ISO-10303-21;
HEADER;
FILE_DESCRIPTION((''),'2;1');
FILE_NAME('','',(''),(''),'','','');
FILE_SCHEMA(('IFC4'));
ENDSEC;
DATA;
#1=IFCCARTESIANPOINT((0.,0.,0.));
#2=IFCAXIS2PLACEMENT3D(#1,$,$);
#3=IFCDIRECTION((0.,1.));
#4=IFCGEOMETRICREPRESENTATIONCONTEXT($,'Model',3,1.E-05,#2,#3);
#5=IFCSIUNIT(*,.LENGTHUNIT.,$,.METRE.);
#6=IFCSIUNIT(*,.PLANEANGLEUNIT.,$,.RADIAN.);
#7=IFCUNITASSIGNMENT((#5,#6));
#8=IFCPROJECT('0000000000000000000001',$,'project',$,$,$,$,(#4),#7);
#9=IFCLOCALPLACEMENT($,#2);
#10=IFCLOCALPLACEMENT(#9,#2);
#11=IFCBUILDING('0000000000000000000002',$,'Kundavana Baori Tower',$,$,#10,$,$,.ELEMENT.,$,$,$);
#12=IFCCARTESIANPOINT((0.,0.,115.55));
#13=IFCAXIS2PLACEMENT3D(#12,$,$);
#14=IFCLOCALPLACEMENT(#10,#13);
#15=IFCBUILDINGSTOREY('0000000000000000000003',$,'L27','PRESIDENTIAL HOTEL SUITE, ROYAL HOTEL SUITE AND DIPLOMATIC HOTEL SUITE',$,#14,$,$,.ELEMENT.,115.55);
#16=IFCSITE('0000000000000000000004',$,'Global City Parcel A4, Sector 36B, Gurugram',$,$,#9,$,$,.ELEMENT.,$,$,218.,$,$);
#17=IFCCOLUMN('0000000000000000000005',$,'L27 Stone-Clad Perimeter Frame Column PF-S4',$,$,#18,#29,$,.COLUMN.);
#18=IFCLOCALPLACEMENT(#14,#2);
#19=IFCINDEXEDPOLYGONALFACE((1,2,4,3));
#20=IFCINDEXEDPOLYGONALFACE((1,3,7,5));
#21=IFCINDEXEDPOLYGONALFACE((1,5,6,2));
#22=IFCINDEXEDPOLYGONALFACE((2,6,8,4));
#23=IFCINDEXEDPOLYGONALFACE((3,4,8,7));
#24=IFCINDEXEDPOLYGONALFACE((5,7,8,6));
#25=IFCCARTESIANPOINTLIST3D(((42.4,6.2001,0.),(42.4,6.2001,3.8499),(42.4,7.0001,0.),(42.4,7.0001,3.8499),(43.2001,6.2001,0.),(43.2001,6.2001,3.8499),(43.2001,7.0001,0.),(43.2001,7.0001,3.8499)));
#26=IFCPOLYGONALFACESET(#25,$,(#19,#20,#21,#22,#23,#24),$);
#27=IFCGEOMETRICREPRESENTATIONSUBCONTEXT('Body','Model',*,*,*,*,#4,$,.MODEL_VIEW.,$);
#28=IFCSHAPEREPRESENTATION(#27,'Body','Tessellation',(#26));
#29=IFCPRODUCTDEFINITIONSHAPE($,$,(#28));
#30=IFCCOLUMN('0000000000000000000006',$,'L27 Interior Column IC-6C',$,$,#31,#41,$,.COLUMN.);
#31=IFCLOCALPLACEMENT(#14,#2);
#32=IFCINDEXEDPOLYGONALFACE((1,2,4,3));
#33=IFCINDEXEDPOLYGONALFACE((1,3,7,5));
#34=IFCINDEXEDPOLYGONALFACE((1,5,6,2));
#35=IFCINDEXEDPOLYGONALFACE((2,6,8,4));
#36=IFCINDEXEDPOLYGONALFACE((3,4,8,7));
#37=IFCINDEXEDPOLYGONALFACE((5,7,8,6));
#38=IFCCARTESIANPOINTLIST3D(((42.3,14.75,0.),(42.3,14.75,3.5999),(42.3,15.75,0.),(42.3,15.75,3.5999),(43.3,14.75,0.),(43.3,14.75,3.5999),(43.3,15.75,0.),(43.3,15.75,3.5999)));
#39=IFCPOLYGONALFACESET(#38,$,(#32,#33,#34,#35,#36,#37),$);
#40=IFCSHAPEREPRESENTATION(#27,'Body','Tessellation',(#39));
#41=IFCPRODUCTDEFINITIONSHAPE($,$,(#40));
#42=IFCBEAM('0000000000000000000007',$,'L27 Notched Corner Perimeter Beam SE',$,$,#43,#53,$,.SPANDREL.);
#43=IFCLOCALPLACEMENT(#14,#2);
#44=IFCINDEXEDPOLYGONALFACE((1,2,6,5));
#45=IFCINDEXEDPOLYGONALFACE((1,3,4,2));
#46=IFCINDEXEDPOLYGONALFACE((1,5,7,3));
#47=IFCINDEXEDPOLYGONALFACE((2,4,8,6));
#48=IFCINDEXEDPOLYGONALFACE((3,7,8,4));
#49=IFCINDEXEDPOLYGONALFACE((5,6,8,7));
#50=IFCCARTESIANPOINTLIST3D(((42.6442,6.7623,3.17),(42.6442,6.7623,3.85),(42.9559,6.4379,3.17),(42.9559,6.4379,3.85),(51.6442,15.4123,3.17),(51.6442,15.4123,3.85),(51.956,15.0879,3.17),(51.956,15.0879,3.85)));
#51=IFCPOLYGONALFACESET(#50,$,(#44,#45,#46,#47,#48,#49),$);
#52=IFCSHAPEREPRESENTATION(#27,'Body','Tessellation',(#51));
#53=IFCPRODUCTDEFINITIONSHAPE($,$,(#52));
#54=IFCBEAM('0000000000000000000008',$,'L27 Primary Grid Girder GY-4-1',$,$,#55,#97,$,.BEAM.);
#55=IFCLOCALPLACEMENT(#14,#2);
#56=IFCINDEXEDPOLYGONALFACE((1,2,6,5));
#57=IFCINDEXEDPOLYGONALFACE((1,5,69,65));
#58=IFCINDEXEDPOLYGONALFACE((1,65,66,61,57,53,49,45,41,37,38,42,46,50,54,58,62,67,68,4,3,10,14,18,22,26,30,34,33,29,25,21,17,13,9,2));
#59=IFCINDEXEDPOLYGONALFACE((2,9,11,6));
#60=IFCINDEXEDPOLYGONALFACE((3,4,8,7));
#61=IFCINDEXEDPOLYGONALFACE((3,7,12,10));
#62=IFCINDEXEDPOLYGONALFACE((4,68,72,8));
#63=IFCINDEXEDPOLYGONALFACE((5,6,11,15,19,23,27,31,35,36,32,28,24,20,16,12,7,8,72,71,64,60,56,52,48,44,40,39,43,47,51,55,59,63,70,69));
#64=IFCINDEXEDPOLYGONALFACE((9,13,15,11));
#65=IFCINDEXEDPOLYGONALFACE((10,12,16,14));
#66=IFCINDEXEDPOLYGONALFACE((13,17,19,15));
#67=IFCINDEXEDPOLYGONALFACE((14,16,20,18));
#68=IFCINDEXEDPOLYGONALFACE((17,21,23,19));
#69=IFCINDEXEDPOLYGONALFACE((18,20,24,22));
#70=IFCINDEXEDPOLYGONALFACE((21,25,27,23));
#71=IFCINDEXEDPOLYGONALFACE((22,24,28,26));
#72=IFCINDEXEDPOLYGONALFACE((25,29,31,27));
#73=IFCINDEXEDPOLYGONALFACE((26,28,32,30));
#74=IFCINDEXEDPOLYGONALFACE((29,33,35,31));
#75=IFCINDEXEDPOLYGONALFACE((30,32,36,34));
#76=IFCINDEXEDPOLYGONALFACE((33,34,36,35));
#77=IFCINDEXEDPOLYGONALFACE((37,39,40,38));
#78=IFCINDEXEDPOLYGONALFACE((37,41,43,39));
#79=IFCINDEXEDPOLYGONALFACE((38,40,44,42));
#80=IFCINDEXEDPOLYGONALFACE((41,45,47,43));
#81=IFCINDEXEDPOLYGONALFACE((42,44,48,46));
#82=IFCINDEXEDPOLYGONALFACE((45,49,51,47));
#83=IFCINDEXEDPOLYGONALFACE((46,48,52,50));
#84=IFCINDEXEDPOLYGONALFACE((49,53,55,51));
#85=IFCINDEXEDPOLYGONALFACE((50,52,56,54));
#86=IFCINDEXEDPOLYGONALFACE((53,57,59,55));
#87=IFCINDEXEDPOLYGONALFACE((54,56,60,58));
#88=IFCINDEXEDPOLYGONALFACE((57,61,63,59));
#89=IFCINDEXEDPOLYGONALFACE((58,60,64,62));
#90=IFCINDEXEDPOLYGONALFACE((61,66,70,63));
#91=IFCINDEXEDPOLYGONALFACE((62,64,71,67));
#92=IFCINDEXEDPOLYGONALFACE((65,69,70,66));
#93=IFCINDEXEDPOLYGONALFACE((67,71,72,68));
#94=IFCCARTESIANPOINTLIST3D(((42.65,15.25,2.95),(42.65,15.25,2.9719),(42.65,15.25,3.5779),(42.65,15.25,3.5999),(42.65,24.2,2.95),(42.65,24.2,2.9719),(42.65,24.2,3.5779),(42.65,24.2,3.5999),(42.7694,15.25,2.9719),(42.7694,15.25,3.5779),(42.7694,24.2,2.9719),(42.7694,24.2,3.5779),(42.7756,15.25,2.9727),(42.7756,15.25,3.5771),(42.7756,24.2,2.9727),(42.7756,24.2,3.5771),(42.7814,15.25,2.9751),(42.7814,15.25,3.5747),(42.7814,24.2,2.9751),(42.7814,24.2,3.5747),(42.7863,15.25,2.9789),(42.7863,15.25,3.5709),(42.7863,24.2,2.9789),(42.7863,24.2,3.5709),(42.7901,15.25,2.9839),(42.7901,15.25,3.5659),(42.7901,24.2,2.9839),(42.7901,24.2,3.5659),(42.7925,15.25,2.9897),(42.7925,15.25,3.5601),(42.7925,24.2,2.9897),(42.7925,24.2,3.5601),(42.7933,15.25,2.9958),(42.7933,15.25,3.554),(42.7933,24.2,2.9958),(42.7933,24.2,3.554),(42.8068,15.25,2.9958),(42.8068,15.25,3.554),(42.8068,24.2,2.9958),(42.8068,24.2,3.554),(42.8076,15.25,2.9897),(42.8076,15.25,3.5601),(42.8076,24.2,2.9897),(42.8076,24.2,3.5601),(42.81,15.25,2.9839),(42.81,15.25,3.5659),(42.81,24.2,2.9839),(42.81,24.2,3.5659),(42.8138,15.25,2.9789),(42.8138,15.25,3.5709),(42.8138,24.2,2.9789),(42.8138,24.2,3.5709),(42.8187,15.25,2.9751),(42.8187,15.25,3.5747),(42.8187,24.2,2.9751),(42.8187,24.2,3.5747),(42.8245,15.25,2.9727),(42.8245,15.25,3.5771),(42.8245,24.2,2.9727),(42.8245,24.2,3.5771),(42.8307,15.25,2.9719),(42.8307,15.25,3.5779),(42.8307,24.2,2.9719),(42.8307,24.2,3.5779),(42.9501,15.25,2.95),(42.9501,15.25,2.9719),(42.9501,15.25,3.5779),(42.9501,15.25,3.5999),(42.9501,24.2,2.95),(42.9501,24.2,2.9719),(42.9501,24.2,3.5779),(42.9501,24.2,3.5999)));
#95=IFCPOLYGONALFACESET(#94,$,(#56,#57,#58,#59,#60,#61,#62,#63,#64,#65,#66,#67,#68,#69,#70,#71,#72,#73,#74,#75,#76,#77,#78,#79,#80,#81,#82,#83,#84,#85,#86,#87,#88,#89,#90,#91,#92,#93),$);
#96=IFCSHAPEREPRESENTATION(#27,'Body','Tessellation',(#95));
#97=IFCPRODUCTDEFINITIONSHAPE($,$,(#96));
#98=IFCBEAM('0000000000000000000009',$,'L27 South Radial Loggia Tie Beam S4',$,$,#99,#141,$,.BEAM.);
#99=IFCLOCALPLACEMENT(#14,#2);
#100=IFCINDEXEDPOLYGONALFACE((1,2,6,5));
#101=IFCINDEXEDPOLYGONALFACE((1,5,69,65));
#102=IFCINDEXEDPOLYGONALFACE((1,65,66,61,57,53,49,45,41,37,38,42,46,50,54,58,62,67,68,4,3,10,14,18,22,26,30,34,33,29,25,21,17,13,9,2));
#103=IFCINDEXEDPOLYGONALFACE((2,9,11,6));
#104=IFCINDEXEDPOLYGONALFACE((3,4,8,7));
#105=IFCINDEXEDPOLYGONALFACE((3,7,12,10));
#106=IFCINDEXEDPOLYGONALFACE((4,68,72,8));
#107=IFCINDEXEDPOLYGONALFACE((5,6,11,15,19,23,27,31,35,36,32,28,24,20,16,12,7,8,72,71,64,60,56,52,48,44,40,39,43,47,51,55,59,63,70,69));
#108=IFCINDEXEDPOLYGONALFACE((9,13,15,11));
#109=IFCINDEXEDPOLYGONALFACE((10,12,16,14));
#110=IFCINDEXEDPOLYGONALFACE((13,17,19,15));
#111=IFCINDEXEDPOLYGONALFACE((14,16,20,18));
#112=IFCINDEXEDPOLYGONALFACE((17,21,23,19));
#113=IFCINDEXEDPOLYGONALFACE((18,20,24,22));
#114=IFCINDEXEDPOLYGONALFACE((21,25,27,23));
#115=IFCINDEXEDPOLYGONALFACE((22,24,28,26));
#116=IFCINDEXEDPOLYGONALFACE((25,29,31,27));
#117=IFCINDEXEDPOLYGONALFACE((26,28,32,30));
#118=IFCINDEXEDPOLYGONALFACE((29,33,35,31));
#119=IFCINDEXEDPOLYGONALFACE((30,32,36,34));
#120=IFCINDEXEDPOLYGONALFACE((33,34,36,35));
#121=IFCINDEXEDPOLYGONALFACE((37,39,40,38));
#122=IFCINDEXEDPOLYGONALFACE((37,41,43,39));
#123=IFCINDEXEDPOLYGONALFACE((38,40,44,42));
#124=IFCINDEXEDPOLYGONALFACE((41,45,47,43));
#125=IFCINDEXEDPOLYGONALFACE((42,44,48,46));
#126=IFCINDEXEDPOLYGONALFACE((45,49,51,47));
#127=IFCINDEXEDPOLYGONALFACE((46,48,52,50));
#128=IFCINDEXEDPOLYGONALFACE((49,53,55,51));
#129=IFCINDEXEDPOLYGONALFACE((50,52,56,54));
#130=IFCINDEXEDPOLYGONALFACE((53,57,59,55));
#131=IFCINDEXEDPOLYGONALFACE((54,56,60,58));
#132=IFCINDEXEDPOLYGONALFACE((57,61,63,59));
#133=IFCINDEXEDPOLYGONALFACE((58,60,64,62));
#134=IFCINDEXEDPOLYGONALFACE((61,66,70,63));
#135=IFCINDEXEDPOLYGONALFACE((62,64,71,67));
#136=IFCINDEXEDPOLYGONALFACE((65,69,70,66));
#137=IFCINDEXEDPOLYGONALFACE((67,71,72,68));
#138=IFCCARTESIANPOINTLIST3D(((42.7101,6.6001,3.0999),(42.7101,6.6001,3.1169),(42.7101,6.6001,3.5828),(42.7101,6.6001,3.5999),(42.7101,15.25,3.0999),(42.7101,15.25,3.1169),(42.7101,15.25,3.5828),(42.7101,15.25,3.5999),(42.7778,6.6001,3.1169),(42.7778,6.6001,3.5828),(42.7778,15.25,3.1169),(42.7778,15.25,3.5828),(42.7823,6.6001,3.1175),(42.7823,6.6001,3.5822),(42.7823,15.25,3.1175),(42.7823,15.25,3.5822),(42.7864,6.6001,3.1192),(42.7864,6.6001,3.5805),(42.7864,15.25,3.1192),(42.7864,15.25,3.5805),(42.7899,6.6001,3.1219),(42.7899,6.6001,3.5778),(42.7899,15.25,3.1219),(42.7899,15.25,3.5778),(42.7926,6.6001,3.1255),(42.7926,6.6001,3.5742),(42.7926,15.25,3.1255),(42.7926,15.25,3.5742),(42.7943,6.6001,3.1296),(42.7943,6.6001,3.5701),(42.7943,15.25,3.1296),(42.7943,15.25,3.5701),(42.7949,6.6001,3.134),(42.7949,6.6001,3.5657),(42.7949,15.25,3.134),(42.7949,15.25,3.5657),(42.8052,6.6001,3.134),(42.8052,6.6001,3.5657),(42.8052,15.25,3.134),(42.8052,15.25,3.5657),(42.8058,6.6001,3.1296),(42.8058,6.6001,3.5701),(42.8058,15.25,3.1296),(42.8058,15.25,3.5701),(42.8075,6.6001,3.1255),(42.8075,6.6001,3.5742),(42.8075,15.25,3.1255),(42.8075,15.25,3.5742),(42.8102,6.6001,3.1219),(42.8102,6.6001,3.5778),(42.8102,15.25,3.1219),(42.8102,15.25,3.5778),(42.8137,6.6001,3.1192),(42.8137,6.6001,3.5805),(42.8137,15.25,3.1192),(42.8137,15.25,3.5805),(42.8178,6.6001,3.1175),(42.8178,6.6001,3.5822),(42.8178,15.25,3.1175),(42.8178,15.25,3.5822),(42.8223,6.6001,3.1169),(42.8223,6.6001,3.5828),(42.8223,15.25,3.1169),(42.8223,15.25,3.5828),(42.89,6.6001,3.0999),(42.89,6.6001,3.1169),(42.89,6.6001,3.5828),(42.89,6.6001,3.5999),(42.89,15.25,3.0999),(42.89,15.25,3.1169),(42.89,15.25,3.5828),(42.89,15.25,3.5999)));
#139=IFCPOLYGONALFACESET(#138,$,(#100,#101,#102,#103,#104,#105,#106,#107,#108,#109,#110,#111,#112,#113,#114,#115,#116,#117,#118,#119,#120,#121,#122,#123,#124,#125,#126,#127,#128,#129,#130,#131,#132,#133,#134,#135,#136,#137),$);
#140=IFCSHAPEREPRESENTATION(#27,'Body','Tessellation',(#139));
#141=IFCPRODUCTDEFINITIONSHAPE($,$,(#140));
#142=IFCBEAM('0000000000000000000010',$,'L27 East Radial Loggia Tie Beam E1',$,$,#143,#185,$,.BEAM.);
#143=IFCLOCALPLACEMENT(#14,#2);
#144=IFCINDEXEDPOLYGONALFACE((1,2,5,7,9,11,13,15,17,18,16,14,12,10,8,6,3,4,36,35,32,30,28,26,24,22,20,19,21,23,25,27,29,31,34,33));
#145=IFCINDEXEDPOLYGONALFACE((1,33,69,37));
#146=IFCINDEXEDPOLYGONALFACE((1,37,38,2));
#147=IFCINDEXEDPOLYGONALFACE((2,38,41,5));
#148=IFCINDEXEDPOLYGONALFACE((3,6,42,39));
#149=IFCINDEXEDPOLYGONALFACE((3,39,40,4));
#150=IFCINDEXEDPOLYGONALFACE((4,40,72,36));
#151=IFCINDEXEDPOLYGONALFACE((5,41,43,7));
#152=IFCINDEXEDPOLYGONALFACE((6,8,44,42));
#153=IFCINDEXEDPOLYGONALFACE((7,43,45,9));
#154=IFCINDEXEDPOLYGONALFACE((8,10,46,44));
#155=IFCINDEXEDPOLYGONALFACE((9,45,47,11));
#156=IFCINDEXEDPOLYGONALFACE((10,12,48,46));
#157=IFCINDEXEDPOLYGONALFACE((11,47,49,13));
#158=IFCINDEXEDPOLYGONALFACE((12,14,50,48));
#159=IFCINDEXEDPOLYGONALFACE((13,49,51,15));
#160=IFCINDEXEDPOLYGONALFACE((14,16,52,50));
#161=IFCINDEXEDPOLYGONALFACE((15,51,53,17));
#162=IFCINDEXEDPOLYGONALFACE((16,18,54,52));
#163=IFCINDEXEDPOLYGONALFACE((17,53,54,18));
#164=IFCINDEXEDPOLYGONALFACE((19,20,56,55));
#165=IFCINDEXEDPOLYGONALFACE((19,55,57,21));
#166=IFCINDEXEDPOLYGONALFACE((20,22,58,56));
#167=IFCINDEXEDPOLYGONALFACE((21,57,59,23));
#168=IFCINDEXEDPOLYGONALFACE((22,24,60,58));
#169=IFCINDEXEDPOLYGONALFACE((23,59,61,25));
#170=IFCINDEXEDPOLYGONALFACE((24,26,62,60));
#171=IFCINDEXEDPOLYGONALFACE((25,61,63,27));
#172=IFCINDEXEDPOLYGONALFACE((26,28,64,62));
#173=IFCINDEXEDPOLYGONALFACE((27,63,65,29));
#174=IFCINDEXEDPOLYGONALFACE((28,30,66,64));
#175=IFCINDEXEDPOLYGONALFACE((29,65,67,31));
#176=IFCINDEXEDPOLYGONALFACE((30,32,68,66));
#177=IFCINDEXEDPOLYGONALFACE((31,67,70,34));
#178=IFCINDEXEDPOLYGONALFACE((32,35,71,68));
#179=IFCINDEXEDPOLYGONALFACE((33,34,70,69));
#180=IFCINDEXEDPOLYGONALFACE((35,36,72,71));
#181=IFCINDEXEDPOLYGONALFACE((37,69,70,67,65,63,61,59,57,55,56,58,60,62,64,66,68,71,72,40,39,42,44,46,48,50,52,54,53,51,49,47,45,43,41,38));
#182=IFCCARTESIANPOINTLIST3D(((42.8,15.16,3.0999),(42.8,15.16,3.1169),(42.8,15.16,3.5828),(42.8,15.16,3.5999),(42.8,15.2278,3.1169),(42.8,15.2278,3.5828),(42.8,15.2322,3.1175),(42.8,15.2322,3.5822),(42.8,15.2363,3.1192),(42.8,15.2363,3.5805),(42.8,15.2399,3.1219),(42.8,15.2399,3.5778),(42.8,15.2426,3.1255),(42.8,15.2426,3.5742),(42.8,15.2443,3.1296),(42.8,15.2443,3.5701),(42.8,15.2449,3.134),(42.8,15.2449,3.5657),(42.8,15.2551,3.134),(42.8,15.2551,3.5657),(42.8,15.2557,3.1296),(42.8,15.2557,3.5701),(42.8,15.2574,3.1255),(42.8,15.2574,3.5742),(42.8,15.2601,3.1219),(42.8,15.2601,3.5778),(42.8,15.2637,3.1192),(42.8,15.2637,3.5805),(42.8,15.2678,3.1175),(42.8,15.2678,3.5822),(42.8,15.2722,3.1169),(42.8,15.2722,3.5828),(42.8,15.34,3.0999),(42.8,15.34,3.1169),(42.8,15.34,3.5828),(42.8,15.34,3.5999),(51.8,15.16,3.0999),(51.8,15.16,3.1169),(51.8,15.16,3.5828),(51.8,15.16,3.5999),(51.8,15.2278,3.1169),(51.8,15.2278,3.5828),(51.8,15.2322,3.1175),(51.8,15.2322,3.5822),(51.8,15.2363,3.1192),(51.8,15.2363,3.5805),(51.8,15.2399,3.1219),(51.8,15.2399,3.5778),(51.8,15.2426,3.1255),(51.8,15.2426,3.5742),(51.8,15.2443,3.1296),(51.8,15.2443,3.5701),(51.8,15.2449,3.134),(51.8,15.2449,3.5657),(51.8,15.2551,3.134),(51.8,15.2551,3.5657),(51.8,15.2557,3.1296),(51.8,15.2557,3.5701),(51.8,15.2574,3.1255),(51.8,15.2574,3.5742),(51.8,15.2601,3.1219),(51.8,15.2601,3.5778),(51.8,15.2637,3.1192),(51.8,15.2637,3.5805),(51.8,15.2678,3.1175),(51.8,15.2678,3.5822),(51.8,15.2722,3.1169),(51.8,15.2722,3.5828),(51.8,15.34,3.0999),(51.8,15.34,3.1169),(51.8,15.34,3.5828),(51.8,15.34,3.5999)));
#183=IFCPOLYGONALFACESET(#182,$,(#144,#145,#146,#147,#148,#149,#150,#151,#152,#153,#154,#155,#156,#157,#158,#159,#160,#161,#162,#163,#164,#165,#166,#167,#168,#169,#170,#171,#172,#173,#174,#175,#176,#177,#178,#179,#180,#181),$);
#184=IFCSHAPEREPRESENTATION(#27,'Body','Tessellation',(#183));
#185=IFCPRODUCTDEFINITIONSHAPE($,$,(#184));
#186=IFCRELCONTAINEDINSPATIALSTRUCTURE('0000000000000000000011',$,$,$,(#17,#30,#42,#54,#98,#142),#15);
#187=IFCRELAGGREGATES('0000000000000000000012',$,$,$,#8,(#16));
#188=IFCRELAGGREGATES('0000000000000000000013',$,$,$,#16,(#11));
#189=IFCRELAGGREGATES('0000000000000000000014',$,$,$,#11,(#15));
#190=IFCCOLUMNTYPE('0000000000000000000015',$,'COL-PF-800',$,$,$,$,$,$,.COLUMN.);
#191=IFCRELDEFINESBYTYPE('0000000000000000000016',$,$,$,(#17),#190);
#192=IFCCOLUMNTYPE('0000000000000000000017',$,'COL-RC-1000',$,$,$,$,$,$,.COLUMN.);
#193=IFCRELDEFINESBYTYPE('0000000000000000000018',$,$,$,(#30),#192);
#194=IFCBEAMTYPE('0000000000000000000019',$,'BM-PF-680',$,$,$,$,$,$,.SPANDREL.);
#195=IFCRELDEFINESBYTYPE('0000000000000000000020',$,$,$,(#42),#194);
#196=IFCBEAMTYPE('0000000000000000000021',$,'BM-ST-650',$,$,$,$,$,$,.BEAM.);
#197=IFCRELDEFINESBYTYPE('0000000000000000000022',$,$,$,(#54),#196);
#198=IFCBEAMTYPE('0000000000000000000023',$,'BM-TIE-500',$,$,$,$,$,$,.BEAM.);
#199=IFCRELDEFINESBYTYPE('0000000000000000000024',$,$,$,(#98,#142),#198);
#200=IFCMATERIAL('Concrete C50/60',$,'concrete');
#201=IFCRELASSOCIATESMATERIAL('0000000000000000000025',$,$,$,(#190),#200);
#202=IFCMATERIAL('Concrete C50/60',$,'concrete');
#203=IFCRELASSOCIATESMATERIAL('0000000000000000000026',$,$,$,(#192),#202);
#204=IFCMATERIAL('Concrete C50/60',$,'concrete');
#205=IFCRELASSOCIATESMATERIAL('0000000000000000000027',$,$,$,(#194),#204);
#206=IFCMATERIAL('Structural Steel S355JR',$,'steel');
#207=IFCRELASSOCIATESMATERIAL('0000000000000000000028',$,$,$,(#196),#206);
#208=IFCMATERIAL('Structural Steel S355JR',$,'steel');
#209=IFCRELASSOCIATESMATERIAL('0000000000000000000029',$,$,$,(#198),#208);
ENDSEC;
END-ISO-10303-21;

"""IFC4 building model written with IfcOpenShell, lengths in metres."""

from ifc_helpers import new_model, si_unit, direction, frame, origin, origin_2d, place, context, subcontext, project, spatial, rectangle, i_section, extrude, material, material_profile, profile_set, type_object, element, save


model = new_model("IFC4")

# Units and contexts
model_context = context("Model", 3, precision=1e-05, world=origin(), true_north=direction((0.0, 1.0)))
body_context = subcontext(model_context, "Body", "Model", "MODEL_VIEW")
ifc_project = project(units=[si_unit("LENGTHUNIT", "METRE"), si_unit("PLANEANGLEUNIT", "RADIAN")], contexts=[model_context])

# Site, building, storey
site_placement = place(None, origin())
site = spatial("IfcSite", under=ifc_project, at=site_placement, Name="Global City Parcel A4, Sector 36B, Gurugram", CompositionType="ELEMENT", RefElevation=218.0)
building_placement = place(site_placement, origin())
building = spatial("IfcBuilding", under=site, at=building_placement, Name="Kundavana Baori Tower", CompositionType="ELEMENT")
storey_placement = place(building_placement, frame((0.0, 0.0, 115.55)))
storey = spatial("IfcBuildingStorey", under=building, at=storey_placement, Name="L27", Description="PRESIDENTIAL HOTEL SUITE, ROYAL HOTEL SUITE AND DIPLOMATIC HOTEL SUITE", CompositionType="ELEMENT", Elevation=115.55)

# Columns
ifc_material_1 = material(Name="Concrete C50/60", Category="concrete")
ifc_material_profile_1 = material_profile(ifc_material_1, rectangle(XDim=0.8, YDim=0.8, at=origin_2d()), Name="RC PF 800x800")
ifc_profile_set_1 = profile_set([ifc_material_profile_1], Name="Concrete C50/60")
column_type_1 = type_object("IfcColumnType", Name="COL-PF-800", PredefinedType="COLUMN", material=ifc_profile_set_1)
column_1_placement = place(storey_placement, frame((42.8, 6.6001, 0.0), z_axis=(0.0, 0.0, 1.0), x_axis=(1.0, 0.0, 0.0)))
element("IfcColumn", 1, at=column_1_placement, inside=storey, type_object=column_type_1, Name="L27 Stone-Clad Perimeter Frame Column PF-S4", PredefinedType="COLUMN", context=body_context, shape_type="SweptSolid", body=[
    extrude(rectangle(XDim=0.8, YDim=0.8, at=origin_2d()), origin(), (0.0, 0.0, 1.0), 3.8499),
])
ifc_material_2 = material(Name="Concrete C50/60", Category="concrete")
ifc_material_profile_2 = material_profile(ifc_material_2, rectangle(XDim=1.0, YDim=1.0, at=origin_2d()), Name="RC 1000x1000")
ifc_profile_set_2 = profile_set([ifc_material_profile_2], Name="Concrete C50/60")
column_type_2 = type_object("IfcColumnType", Name="COL-RC-1000", PredefinedType="COLUMN", material=ifc_profile_set_2)
column_2_placement = place(storey_placement, frame((42.8, 15.25, 0.0), z_axis=(0.0, 0.0, 1.0), x_axis=(1.0, 0.0, 0.0)))
element("IfcColumn", 2, at=column_2_placement, inside=storey, type_object=column_type_2, Name="L27 Interior Column IC-6C", PredefinedType="COLUMN", context=body_context, shape_type="SweptSolid", body=[
    extrude(rectangle(XDim=1.0, YDim=1.0, at=origin_2d()), origin(), (0.0, 0.0, 1.0), 3.5999),
])

# Beams
ifc_material_3 = material(Name="Concrete C50/60", Category="concrete")
ifc_material_profile_3 = material_profile(ifc_material_3, rectangle(XDim=0.45, YDim=0.6799, at=origin_2d()), Name="RC BM 450x680")
ifc_profile_set_3 = profile_set([ifc_material_profile_3], Name="Concrete C50/60")
beam_type_1 = type_object("IfcBeamType", Name="BM-PF-680", PredefinedType="SPANDREL", material=ifc_profile_set_3)
beam_1_placement = place(storey_placement, frame((42.8, 6.6001, 3.51), z_axis=(0.720991, 0.692945, 0.0), x_axis=(-0.692945, 0.720991, 0.0)))
element("IfcBeam", 3, at=beam_1_placement, inside=storey, type_object=beam_type_1, Name="L27 Notched Corner Perimeter Beam SE", PredefinedType="SPANDREL", context=body_context, shape_type="SweptSolid", body=[
    extrude(rectangle(XDim=0.45, YDim=0.6799, at=origin_2d()), origin(), (0.0, 0.0, 1.0), 12.4829),
])
ifc_material_4 = material(Name="Structural Steel S355JR", Category="steel")
ifc_material_profile_4 = material_profile(ifc_material_4, i_section(OverallWidth=0.3, OverallDepth=0.6499, WebThickness=0.0134, FlangeThickness=0.022, FilletRadius=0.0239, at=origin_2d()), Name="NPB 650x300x155")
ifc_profile_set_4 = profile_set([ifc_material_profile_4], Name="Structural Steel S355JR")
beam_type_2 = type_object("IfcBeamType", Name="BM-ST-650", PredefinedType="BEAM", material=ifc_profile_set_4)
beam_2_placement = place(storey_placement, frame((42.8, 15.25, 3.2749), z_axis=(0.0, 1.0, 0.0), x_axis=(-1.0, 0.0, 0.0)))
element("IfcBeam", 4, at=beam_2_placement, inside=storey, type_object=beam_type_2, Name="L27 Primary Grid Girder GY-4-1", PredefinedType="BEAM", context=body_context, shape_type="SweptSolid", body=[
    extrude(i_section(OverallWidth=0.3, OverallDepth=0.6499, WebThickness=0.0134, FlangeThickness=0.022, FilletRadius=0.0239, at=origin_2d()), origin(), (0.0, 0.0, 1.0), 8.95),
])
ifc_material_5 = material(Name="Structural Steel S355JR", Category="steel")
ifc_material_profile_5 = material_profile(ifc_material_5, i_section(OverallWidth=0.1799, OverallDepth=0.5, WebThickness=0.0103, FlangeThickness=0.0171, FilletRadius=0.0171, at=origin_2d()), Name="ISMB 500")
ifc_profile_set_5 = profile_set([ifc_material_profile_5], Name="Structural Steel S355JR")
beam_type_3 = type_object("IfcBeamType", Name="BM-TIE-500", PredefinedType="BEAM", material=ifc_profile_set_5)
beam_3_placement = place(storey_placement, frame((42.8, 15.25, 3.3499), z_axis=(0.0, -1.0, 0.0), x_axis=(1.0, 0.0, 0.0)))
element("IfcBeam", 5, at=beam_3_placement, inside=storey, type_object=beam_type_3, Name="L27 South Radial Loggia Tie Beam S4", PredefinedType="BEAM", context=body_context, shape_type="SweptSolid", body=[
    extrude(i_section(OverallWidth=0.1799, OverallDepth=0.5, WebThickness=0.0103, FlangeThickness=0.0171, FilletRadius=0.0171, at=origin_2d()), origin(), (0.0, 0.0, 1.0), 8.6499),
])
beam_4_placement = place(storey_placement, frame((42.8, 15.25, 3.3499), z_axis=(1.0, 0.0, 0.0), x_axis=(0.0, 1.0, 0.0)))
element("IfcBeam", 6, at=beam_4_placement, inside=storey, type_object=beam_type_3, Name="L27 East Radial Loggia Tie Beam E1", PredefinedType="BEAM", context=body_context, shape_type="SweptSolid", body=[
    extrude(i_section(OverallWidth=0.1799, OverallDepth=0.5, WebThickness=0.0103, FlangeThickness=0.0171, FilletRadius=0.0171, at=origin_2d()), origin(), (0.0, 0.0, 1.0), 9.0),
])

save(model, "model.ifc")
